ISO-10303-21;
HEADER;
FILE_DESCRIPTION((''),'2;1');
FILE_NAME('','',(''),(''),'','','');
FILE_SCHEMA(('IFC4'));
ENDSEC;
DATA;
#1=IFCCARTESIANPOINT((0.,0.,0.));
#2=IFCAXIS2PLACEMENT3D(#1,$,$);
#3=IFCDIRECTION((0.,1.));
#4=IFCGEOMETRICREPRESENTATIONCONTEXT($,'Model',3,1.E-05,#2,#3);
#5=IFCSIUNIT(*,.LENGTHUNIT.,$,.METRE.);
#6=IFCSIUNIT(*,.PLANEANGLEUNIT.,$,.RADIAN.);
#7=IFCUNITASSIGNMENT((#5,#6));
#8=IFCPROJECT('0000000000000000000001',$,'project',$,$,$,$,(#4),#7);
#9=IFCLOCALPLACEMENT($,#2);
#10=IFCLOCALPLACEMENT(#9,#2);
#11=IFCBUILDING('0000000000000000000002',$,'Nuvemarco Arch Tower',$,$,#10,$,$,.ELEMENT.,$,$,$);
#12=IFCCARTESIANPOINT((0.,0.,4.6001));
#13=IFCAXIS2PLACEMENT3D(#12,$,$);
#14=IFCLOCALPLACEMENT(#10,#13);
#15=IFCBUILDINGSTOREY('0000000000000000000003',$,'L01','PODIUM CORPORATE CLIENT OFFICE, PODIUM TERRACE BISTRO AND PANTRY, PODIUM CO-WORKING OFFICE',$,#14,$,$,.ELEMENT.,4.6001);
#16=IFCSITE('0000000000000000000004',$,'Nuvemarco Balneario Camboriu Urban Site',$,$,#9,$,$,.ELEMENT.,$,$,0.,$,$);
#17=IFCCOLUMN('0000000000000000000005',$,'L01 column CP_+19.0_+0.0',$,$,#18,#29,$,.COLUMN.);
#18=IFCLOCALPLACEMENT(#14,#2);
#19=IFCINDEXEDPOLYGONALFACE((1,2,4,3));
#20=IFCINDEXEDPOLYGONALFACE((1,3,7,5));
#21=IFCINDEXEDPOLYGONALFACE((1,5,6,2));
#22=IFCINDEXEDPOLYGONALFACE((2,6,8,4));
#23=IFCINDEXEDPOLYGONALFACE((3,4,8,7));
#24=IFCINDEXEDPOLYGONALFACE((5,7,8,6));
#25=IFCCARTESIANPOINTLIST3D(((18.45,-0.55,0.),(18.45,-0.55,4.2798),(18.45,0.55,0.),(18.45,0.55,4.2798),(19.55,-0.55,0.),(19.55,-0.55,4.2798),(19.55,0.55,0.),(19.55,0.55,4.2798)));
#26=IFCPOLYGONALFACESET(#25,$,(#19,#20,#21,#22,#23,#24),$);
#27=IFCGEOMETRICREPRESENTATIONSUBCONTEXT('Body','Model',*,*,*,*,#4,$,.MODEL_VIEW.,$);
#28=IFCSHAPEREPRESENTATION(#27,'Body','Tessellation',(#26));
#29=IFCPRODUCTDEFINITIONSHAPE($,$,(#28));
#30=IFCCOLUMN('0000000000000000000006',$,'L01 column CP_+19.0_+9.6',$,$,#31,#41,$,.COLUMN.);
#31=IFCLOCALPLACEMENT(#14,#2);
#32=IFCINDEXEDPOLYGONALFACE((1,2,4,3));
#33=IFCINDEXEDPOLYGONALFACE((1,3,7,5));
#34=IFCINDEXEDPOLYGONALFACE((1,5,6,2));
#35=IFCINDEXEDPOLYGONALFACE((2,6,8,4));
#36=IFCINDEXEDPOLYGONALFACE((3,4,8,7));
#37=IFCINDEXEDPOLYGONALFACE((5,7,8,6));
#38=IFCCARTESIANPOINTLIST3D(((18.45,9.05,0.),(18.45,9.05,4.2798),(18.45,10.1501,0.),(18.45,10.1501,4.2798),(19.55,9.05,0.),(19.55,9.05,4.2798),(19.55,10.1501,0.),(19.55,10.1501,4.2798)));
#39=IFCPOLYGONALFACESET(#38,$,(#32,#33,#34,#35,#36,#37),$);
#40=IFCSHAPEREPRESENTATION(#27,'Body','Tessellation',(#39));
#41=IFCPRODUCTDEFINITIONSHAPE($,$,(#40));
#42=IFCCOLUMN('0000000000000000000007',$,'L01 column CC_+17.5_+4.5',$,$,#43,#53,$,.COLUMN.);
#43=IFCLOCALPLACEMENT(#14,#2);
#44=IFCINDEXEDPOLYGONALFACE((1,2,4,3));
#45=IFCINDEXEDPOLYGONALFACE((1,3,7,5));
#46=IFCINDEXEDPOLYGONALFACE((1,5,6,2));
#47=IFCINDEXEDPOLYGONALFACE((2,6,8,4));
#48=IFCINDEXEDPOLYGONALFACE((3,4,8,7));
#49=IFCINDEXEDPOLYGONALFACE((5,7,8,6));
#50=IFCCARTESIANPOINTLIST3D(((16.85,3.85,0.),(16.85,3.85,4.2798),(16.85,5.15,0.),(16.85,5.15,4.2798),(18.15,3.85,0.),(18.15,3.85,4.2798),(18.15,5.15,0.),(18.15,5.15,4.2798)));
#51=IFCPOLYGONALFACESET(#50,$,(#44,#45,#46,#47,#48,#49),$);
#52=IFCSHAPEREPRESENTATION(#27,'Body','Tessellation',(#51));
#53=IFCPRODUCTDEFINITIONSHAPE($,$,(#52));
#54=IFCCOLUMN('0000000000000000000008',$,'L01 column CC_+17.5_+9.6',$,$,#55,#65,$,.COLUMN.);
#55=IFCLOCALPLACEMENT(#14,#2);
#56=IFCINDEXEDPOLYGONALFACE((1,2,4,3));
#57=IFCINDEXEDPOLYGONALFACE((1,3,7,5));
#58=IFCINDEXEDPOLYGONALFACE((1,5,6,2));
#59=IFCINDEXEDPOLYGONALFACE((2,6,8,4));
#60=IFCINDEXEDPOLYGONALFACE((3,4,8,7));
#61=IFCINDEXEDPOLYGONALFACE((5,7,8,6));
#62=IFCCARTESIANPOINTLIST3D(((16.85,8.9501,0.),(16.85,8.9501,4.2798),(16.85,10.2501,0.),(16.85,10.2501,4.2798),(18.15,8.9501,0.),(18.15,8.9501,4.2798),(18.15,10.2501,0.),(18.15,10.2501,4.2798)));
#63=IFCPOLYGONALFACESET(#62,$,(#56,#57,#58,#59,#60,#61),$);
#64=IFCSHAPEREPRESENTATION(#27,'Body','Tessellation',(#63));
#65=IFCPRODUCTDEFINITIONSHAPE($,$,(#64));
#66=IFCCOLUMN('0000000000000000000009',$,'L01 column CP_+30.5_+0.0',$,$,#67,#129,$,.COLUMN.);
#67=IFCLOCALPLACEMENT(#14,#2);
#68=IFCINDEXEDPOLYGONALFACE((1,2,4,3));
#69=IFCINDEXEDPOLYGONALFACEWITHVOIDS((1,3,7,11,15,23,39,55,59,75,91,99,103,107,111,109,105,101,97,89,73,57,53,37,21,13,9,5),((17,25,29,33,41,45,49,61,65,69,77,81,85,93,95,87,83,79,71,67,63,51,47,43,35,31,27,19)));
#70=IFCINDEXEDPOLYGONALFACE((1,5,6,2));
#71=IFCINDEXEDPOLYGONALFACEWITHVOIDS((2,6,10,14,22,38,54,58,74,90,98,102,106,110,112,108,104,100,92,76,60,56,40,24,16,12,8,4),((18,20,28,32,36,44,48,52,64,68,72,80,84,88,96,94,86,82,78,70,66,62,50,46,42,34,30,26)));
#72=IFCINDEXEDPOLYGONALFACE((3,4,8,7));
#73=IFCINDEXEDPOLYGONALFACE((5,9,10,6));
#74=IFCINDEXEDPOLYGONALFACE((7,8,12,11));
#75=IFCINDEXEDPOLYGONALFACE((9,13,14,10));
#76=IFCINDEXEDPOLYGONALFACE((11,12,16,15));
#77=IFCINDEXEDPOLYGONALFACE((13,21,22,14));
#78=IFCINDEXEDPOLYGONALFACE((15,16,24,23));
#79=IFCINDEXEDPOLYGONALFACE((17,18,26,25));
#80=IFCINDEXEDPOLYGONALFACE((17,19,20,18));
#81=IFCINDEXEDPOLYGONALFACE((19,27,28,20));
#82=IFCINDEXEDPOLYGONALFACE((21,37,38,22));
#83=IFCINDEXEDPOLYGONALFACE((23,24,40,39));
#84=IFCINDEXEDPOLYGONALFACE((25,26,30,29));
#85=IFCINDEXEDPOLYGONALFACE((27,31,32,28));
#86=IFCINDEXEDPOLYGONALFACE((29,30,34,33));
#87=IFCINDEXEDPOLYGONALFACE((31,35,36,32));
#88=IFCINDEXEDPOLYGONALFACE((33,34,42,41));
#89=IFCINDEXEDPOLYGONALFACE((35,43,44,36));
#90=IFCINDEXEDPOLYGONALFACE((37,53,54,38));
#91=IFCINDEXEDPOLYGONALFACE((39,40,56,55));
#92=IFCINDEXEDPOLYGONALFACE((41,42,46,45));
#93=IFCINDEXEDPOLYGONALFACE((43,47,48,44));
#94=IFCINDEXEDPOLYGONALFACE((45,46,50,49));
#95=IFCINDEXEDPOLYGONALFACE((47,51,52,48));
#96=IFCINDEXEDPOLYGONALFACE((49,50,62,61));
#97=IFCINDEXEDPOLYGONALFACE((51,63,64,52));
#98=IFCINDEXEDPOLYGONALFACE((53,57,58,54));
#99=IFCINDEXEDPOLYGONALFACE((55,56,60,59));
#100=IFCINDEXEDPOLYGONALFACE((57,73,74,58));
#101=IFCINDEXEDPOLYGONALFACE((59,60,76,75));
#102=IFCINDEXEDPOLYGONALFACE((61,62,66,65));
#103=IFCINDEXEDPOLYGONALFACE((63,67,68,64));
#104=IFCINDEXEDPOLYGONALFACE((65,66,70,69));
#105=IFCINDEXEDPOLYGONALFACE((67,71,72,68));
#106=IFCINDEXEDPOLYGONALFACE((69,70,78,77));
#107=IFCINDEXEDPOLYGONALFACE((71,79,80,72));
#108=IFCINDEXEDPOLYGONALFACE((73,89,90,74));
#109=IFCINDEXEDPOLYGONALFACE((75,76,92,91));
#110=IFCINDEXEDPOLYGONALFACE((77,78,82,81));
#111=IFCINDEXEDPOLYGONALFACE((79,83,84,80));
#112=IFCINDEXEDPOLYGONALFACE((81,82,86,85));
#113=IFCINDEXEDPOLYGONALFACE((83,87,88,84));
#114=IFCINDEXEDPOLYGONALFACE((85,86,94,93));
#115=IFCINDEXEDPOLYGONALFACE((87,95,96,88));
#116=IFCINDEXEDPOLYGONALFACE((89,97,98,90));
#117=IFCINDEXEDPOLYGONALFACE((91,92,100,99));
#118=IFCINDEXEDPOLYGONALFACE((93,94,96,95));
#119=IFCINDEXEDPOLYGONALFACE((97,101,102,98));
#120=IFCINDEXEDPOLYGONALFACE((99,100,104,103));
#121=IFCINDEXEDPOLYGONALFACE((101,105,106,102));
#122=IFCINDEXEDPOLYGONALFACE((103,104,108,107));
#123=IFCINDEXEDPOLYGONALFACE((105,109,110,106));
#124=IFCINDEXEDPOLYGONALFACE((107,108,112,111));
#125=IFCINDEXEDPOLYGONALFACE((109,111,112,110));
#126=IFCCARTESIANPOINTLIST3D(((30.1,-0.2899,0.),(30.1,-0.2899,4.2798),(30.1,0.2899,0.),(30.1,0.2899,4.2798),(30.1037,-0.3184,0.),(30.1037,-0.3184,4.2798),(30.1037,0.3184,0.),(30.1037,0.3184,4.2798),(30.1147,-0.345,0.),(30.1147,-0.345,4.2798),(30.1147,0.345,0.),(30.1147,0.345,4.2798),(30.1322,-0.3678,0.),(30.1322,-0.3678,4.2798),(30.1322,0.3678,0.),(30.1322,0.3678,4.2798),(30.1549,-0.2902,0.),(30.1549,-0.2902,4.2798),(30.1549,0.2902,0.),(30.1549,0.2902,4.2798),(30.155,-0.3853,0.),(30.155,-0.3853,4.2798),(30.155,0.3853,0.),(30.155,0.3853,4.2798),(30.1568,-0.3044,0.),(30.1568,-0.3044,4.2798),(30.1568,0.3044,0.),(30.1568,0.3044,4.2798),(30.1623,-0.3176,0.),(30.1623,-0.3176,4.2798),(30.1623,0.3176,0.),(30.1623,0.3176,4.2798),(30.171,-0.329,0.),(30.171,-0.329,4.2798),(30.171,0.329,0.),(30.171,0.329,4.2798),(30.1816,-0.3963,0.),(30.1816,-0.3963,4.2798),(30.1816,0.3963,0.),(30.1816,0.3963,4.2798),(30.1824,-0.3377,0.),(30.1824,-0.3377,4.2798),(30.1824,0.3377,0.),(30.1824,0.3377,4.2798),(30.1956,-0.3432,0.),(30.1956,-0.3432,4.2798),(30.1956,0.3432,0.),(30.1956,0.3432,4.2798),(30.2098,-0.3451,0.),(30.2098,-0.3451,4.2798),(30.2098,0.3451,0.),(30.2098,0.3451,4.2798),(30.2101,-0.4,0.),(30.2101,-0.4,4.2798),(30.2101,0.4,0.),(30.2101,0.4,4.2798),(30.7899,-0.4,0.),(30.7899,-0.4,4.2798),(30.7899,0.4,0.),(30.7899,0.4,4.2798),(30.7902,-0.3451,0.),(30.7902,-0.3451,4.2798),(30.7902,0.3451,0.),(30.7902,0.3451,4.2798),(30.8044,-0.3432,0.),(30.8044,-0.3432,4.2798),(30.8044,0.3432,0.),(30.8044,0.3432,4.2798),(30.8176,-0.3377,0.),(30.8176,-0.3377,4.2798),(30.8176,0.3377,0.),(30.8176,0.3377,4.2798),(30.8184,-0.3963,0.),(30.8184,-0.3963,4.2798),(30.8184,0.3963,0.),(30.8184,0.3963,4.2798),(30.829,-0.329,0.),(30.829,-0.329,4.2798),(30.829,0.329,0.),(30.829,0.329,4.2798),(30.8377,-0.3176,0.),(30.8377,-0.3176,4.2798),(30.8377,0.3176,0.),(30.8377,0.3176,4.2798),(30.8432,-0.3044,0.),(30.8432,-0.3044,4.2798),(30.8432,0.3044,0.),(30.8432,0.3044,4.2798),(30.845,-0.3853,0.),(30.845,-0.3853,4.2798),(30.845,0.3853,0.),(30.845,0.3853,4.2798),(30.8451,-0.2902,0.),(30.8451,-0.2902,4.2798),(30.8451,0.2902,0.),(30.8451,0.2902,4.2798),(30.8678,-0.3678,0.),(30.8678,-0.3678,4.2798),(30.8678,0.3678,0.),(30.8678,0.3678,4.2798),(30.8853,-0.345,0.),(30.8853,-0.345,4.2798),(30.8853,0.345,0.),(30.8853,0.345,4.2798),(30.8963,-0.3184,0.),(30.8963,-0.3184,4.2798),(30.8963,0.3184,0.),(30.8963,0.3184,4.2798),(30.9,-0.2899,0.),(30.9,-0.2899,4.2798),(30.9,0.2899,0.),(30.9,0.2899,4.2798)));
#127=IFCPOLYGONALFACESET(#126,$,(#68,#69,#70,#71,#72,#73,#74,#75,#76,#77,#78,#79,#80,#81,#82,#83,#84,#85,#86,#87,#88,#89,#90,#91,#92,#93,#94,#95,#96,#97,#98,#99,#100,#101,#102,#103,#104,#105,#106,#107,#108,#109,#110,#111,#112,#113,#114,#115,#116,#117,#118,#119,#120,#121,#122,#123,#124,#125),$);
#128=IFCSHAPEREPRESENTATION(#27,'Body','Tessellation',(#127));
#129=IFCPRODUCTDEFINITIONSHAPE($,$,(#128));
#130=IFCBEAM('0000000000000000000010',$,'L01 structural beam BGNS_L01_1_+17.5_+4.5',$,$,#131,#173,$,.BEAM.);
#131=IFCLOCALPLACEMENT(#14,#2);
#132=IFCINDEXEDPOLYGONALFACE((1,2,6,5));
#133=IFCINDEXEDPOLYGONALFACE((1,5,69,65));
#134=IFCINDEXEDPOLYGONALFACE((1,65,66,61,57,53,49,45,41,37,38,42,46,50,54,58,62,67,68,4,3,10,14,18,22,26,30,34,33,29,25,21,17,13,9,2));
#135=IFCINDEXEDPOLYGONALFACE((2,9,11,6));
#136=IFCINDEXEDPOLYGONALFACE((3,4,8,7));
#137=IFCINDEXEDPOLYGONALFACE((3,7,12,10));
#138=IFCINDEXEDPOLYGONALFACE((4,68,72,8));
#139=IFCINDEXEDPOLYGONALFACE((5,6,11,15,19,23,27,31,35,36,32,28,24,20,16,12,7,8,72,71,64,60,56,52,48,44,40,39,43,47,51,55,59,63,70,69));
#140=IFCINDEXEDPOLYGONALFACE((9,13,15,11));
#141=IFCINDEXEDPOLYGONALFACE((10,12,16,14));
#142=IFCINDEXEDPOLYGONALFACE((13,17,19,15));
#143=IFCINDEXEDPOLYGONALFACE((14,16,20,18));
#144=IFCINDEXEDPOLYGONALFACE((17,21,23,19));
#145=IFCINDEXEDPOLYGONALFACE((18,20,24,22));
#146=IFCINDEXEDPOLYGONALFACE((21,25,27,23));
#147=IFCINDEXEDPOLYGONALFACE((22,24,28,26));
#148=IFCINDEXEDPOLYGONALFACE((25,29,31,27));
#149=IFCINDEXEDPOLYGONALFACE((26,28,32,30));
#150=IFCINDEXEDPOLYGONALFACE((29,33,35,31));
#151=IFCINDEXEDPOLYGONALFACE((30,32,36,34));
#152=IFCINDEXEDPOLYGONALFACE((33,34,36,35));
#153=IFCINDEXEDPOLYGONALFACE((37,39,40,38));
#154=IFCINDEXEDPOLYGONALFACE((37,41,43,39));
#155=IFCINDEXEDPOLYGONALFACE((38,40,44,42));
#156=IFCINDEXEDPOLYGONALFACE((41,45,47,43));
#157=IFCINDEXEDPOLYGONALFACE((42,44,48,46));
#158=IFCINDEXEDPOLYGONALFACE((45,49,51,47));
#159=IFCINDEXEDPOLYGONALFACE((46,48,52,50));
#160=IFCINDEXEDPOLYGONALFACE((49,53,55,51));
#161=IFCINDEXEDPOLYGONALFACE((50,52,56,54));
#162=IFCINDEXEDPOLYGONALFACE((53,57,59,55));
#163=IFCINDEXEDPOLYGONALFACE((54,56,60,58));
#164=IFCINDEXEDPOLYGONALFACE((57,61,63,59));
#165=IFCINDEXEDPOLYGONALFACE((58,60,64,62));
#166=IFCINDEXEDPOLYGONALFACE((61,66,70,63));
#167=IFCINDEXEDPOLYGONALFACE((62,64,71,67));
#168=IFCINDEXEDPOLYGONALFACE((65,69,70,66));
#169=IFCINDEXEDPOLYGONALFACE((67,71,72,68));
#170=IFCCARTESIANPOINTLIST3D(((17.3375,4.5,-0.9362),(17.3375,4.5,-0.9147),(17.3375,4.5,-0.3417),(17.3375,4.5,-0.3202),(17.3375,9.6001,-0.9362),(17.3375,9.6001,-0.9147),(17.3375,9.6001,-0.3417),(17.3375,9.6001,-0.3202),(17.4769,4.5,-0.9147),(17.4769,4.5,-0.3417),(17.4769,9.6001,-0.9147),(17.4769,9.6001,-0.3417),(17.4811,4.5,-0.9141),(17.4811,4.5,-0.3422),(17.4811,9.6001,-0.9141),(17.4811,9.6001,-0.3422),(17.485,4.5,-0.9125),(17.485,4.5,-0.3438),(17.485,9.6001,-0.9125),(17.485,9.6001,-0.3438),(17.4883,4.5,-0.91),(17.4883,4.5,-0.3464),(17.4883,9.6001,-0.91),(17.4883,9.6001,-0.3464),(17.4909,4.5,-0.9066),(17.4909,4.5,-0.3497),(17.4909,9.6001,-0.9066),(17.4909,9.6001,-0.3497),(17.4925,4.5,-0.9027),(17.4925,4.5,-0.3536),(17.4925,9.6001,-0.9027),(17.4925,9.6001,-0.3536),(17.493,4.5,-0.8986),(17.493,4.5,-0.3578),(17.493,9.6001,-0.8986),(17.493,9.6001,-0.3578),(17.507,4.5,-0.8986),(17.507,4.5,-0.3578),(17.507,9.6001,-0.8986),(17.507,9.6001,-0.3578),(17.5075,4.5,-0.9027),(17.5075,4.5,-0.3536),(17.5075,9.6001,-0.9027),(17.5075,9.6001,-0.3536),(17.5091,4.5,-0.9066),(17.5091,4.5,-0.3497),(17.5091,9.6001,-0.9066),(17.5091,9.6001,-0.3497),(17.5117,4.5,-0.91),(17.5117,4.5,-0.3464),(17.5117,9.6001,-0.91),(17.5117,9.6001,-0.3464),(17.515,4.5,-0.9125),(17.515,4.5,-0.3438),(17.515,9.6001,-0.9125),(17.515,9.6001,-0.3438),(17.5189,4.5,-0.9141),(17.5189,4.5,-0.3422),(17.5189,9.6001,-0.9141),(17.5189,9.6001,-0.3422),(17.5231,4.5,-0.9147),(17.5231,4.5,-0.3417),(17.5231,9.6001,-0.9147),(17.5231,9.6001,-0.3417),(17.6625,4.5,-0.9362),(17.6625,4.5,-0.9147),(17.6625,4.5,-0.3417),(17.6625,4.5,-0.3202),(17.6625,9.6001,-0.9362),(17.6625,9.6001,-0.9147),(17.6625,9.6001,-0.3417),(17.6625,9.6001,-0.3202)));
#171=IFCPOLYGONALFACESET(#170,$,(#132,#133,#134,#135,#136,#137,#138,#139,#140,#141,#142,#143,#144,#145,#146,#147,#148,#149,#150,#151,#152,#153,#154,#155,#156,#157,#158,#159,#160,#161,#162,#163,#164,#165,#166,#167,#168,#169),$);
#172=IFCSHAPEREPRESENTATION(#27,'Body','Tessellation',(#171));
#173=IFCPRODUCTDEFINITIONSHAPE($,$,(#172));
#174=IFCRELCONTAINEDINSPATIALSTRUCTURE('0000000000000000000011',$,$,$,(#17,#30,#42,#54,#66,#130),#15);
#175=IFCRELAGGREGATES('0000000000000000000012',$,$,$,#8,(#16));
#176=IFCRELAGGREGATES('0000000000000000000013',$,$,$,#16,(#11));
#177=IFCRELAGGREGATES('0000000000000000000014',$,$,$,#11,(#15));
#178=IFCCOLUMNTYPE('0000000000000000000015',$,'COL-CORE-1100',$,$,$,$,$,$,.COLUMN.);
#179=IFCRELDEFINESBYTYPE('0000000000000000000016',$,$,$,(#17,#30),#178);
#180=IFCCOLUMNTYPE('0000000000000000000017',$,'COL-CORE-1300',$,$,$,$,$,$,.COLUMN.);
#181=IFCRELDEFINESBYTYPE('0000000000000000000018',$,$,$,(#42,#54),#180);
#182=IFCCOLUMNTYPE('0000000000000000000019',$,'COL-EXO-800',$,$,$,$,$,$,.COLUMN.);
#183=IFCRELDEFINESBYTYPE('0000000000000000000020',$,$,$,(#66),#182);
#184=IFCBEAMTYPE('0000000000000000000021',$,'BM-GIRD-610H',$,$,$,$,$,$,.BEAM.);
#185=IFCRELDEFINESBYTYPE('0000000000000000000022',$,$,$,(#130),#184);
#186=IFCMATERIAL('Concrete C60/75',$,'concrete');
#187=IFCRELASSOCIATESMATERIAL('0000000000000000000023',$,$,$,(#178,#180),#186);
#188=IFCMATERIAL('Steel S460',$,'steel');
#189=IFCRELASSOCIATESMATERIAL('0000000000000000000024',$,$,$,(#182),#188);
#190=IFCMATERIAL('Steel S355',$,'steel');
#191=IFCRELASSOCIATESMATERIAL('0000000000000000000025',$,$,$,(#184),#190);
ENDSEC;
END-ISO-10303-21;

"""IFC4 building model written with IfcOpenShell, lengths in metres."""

from ifc_helpers import new_model, si_unit, direction, frame, origin, origin_2d, place, context, subcontext, project, spatial, rectangle, hollow_rectangle, i_section, extrude, material, material_profile, profile_set, type_object, element, save


model = new_model("IFC4")

# Units and contexts
model_context = context("Model", 3, precision=1e-05, world=origin(), true_north=direction((0.0, 1.0)))
body_context = subcontext(model_context, "Body", "Model", "MODEL_VIEW")
ifc_project = project(units=[si_unit("LENGTHUNIT", "METRE"), si_unit("PLANEANGLEUNIT", "RADIAN")], contexts=[model_context])

# Site, building, storey
site_placement = place(None, origin())
site = spatial("IfcSite", under=ifc_project, at=site_placement, Name="Nuvemarco Balneario Camboriu Urban Site", CompositionType="ELEMENT", RefElevation=0.0)
building_placement = place(site_placement, origin())
building = spatial("IfcBuilding", under=site, at=building_placement, Name="Nuvemarco Arch Tower", CompositionType="ELEMENT")
storey_placement = place(building_placement, frame((0.0, 0.0, 4.6001)))
storey = spatial("IfcBuildingStorey", under=building, at=storey_placement, Name="L01", Description="PODIUM CORPORATE CLIENT OFFICE, PODIUM TERRACE BISTRO AND PANTRY, PODIUM CO-WORKING OFFICE", CompositionType="ELEMENT", Elevation=4.6001)

# Columns
ifc_material_1 = material(Name="Concrete C60/75", Category="concrete")
ifc_material_profile_1 = material_profile(ifc_material_1, rectangle(XDim=1.1001, YDim=1.1001, at=origin_2d()), Name="RC-COL-1100x1100")
ifc_profile_set_1 = profile_set([ifc_material_profile_1], Name="Concrete C60/75")
column_type_1 = type_object("IfcColumnType", Name="COL-CORE-1100", PredefinedType="COLUMN", material=ifc_profile_set_1)
for number, where, z_axis, x_axis, name in (
    (1, (19.0, 0.0, 0.0), (0.0, 0.0, 1.0), (1.0, 0.0, 0.0), "L01 column CP_+19.0_+0.0"),
    (2, (19.0, 9.6001, 0.0), (0.0, 0.0, 1.0), (1.0, 0.0, 0.0), "L01 column CP_+19.0_+9.6"),
):
    element("IfcColumn", number, at=place(storey_placement, frame(where, z_axis=z_axis, x_axis=x_axis)), inside=storey, type_object=column_type_1, Name=name, PredefinedType="COLUMN", context=body_context, shape_type="SweptSolid", body=[
        extrude(rectangle(XDim=1.1001, YDim=1.1001, at=origin_2d()), origin(), (0.0, 0.0, 1.0), 4.2798),
    ])
ifc_material_profile_2 = material_profile(ifc_material_1, rectangle(XDim=1.3, YDim=1.3, at=origin_2d()), Name="RC-COL-1300x1300")
ifc_profile_set_2 = profile_set([ifc_material_profile_2], Name="Concrete C60/75")
column_type_2 = type_object("IfcColumnType", Name="COL-CORE-1300", PredefinedType="COLUMN", material=ifc_profile_set_2)
for number, where, z_axis, x_axis, name in (
    (3, (17.5, 4.5, 0.0), (0.0, 0.0, 1.0), (1.0, 0.0, 0.0), "L01 column CC_+17.5_+4.5"),
    (4, (17.5, 9.6001, 0.0), (0.0, 0.0, 1.0), (1.0, 0.0, 0.0), "L01 column CC_+17.5_+9.6"),
):
    element("IfcColumn", number, at=place(storey_placement, frame(where, z_axis=z_axis, x_axis=x_axis)), inside=storey, type_object=column_type_2, Name=name, PredefinedType="COLUMN", context=body_context, shape_type="SweptSolid", body=[
        extrude(rectangle(XDim=1.3, YDim=1.3, at=origin_2d()), origin(), (0.0, 0.0, 1.0), 4.2798),
    ])
ifc_material_2 = material(Name="Steel S460", Category="steel")
ifc_material_profile_3 = material_profile(ifc_material_2, hollow_rectangle(XDim=0.8, YDim=0.8, WallThickness=0.0549, InnerFilletRadius=0.0549, OuterFilletRadius=0.1101, at=origin_2d()), Name="SHS800x800x55")
ifc_profile_set_3 = profile_set([ifc_material_profile_3], Name="Steel S460")
column_type_3 = type_object("IfcColumnType", Name="COL-EXO-800", PredefinedType="COLUMN", material=ifc_profile_set_3)
column_placement = place(storey_placement, frame((30.5, 0.0, 0.0), z_axis=(0.0, 0.0, 1.0), x_axis=(1.0, 0.0, 0.0)))
element("IfcColumn", 5, at=column_placement, inside=storey, type_object=column_type_3, Name="L01 column CP_+30.5_+0.0", PredefinedType="COLUMN", context=body_context, shape_type="SweptSolid", body=[
    extrude(hollow_rectangle(XDim=0.8, YDim=0.8, WallThickness=0.0549, InnerFilletRadius=0.0549, OuterFilletRadius=0.1101, at=origin_2d()), origin(), (0.0, 0.0, 1.0), 4.2798),
])

# Beam
ifc_material_3 = material(Name="Steel S355", Category="steel")
ifc_material_profile_4 = material_profile(ifc_material_3, i_section(OverallWidth=0.325, OverallDepth=0.616, WebThickness=0.0139, FlangeThickness=0.0215, FilletRadius=0.0161, at=origin_2d()), Name="W610x174")
ifc_profile_set_4 = profile_set([ifc_material_profile_4], Name="Steel S355")
beam_type_1 = type_object("IfcBeamType", Name="BM-GIRD-610H", PredefinedType="BEAM", material=ifc_profile_set_4)
beam_1_placement = place(storey_placement, frame((17.5, 4.5, -0.6282), z_axis=(0.0, 1.0, 0.0), x_axis=(-1.0, 0.0, 0.0)))
element("IfcBeam", 6, at=beam_1_placement, inside=storey, type_object=beam_type_1, Name="L01 structural beam BGNS_L01_1_+17.5_+4.5", PredefinedType="BEAM", context=body_context, shape_type="SweptSolid", body=[
    extrude(i_section(OverallWidth=0.325, OverallDepth=0.616, WebThickness=0.0139, FlangeThickness=0.0215, FilletRadius=0.0161, at=origin_2d()), origin(), (0.0, 0.0, 1.0), 5.1001),
])

save(model, "model.ifc")
